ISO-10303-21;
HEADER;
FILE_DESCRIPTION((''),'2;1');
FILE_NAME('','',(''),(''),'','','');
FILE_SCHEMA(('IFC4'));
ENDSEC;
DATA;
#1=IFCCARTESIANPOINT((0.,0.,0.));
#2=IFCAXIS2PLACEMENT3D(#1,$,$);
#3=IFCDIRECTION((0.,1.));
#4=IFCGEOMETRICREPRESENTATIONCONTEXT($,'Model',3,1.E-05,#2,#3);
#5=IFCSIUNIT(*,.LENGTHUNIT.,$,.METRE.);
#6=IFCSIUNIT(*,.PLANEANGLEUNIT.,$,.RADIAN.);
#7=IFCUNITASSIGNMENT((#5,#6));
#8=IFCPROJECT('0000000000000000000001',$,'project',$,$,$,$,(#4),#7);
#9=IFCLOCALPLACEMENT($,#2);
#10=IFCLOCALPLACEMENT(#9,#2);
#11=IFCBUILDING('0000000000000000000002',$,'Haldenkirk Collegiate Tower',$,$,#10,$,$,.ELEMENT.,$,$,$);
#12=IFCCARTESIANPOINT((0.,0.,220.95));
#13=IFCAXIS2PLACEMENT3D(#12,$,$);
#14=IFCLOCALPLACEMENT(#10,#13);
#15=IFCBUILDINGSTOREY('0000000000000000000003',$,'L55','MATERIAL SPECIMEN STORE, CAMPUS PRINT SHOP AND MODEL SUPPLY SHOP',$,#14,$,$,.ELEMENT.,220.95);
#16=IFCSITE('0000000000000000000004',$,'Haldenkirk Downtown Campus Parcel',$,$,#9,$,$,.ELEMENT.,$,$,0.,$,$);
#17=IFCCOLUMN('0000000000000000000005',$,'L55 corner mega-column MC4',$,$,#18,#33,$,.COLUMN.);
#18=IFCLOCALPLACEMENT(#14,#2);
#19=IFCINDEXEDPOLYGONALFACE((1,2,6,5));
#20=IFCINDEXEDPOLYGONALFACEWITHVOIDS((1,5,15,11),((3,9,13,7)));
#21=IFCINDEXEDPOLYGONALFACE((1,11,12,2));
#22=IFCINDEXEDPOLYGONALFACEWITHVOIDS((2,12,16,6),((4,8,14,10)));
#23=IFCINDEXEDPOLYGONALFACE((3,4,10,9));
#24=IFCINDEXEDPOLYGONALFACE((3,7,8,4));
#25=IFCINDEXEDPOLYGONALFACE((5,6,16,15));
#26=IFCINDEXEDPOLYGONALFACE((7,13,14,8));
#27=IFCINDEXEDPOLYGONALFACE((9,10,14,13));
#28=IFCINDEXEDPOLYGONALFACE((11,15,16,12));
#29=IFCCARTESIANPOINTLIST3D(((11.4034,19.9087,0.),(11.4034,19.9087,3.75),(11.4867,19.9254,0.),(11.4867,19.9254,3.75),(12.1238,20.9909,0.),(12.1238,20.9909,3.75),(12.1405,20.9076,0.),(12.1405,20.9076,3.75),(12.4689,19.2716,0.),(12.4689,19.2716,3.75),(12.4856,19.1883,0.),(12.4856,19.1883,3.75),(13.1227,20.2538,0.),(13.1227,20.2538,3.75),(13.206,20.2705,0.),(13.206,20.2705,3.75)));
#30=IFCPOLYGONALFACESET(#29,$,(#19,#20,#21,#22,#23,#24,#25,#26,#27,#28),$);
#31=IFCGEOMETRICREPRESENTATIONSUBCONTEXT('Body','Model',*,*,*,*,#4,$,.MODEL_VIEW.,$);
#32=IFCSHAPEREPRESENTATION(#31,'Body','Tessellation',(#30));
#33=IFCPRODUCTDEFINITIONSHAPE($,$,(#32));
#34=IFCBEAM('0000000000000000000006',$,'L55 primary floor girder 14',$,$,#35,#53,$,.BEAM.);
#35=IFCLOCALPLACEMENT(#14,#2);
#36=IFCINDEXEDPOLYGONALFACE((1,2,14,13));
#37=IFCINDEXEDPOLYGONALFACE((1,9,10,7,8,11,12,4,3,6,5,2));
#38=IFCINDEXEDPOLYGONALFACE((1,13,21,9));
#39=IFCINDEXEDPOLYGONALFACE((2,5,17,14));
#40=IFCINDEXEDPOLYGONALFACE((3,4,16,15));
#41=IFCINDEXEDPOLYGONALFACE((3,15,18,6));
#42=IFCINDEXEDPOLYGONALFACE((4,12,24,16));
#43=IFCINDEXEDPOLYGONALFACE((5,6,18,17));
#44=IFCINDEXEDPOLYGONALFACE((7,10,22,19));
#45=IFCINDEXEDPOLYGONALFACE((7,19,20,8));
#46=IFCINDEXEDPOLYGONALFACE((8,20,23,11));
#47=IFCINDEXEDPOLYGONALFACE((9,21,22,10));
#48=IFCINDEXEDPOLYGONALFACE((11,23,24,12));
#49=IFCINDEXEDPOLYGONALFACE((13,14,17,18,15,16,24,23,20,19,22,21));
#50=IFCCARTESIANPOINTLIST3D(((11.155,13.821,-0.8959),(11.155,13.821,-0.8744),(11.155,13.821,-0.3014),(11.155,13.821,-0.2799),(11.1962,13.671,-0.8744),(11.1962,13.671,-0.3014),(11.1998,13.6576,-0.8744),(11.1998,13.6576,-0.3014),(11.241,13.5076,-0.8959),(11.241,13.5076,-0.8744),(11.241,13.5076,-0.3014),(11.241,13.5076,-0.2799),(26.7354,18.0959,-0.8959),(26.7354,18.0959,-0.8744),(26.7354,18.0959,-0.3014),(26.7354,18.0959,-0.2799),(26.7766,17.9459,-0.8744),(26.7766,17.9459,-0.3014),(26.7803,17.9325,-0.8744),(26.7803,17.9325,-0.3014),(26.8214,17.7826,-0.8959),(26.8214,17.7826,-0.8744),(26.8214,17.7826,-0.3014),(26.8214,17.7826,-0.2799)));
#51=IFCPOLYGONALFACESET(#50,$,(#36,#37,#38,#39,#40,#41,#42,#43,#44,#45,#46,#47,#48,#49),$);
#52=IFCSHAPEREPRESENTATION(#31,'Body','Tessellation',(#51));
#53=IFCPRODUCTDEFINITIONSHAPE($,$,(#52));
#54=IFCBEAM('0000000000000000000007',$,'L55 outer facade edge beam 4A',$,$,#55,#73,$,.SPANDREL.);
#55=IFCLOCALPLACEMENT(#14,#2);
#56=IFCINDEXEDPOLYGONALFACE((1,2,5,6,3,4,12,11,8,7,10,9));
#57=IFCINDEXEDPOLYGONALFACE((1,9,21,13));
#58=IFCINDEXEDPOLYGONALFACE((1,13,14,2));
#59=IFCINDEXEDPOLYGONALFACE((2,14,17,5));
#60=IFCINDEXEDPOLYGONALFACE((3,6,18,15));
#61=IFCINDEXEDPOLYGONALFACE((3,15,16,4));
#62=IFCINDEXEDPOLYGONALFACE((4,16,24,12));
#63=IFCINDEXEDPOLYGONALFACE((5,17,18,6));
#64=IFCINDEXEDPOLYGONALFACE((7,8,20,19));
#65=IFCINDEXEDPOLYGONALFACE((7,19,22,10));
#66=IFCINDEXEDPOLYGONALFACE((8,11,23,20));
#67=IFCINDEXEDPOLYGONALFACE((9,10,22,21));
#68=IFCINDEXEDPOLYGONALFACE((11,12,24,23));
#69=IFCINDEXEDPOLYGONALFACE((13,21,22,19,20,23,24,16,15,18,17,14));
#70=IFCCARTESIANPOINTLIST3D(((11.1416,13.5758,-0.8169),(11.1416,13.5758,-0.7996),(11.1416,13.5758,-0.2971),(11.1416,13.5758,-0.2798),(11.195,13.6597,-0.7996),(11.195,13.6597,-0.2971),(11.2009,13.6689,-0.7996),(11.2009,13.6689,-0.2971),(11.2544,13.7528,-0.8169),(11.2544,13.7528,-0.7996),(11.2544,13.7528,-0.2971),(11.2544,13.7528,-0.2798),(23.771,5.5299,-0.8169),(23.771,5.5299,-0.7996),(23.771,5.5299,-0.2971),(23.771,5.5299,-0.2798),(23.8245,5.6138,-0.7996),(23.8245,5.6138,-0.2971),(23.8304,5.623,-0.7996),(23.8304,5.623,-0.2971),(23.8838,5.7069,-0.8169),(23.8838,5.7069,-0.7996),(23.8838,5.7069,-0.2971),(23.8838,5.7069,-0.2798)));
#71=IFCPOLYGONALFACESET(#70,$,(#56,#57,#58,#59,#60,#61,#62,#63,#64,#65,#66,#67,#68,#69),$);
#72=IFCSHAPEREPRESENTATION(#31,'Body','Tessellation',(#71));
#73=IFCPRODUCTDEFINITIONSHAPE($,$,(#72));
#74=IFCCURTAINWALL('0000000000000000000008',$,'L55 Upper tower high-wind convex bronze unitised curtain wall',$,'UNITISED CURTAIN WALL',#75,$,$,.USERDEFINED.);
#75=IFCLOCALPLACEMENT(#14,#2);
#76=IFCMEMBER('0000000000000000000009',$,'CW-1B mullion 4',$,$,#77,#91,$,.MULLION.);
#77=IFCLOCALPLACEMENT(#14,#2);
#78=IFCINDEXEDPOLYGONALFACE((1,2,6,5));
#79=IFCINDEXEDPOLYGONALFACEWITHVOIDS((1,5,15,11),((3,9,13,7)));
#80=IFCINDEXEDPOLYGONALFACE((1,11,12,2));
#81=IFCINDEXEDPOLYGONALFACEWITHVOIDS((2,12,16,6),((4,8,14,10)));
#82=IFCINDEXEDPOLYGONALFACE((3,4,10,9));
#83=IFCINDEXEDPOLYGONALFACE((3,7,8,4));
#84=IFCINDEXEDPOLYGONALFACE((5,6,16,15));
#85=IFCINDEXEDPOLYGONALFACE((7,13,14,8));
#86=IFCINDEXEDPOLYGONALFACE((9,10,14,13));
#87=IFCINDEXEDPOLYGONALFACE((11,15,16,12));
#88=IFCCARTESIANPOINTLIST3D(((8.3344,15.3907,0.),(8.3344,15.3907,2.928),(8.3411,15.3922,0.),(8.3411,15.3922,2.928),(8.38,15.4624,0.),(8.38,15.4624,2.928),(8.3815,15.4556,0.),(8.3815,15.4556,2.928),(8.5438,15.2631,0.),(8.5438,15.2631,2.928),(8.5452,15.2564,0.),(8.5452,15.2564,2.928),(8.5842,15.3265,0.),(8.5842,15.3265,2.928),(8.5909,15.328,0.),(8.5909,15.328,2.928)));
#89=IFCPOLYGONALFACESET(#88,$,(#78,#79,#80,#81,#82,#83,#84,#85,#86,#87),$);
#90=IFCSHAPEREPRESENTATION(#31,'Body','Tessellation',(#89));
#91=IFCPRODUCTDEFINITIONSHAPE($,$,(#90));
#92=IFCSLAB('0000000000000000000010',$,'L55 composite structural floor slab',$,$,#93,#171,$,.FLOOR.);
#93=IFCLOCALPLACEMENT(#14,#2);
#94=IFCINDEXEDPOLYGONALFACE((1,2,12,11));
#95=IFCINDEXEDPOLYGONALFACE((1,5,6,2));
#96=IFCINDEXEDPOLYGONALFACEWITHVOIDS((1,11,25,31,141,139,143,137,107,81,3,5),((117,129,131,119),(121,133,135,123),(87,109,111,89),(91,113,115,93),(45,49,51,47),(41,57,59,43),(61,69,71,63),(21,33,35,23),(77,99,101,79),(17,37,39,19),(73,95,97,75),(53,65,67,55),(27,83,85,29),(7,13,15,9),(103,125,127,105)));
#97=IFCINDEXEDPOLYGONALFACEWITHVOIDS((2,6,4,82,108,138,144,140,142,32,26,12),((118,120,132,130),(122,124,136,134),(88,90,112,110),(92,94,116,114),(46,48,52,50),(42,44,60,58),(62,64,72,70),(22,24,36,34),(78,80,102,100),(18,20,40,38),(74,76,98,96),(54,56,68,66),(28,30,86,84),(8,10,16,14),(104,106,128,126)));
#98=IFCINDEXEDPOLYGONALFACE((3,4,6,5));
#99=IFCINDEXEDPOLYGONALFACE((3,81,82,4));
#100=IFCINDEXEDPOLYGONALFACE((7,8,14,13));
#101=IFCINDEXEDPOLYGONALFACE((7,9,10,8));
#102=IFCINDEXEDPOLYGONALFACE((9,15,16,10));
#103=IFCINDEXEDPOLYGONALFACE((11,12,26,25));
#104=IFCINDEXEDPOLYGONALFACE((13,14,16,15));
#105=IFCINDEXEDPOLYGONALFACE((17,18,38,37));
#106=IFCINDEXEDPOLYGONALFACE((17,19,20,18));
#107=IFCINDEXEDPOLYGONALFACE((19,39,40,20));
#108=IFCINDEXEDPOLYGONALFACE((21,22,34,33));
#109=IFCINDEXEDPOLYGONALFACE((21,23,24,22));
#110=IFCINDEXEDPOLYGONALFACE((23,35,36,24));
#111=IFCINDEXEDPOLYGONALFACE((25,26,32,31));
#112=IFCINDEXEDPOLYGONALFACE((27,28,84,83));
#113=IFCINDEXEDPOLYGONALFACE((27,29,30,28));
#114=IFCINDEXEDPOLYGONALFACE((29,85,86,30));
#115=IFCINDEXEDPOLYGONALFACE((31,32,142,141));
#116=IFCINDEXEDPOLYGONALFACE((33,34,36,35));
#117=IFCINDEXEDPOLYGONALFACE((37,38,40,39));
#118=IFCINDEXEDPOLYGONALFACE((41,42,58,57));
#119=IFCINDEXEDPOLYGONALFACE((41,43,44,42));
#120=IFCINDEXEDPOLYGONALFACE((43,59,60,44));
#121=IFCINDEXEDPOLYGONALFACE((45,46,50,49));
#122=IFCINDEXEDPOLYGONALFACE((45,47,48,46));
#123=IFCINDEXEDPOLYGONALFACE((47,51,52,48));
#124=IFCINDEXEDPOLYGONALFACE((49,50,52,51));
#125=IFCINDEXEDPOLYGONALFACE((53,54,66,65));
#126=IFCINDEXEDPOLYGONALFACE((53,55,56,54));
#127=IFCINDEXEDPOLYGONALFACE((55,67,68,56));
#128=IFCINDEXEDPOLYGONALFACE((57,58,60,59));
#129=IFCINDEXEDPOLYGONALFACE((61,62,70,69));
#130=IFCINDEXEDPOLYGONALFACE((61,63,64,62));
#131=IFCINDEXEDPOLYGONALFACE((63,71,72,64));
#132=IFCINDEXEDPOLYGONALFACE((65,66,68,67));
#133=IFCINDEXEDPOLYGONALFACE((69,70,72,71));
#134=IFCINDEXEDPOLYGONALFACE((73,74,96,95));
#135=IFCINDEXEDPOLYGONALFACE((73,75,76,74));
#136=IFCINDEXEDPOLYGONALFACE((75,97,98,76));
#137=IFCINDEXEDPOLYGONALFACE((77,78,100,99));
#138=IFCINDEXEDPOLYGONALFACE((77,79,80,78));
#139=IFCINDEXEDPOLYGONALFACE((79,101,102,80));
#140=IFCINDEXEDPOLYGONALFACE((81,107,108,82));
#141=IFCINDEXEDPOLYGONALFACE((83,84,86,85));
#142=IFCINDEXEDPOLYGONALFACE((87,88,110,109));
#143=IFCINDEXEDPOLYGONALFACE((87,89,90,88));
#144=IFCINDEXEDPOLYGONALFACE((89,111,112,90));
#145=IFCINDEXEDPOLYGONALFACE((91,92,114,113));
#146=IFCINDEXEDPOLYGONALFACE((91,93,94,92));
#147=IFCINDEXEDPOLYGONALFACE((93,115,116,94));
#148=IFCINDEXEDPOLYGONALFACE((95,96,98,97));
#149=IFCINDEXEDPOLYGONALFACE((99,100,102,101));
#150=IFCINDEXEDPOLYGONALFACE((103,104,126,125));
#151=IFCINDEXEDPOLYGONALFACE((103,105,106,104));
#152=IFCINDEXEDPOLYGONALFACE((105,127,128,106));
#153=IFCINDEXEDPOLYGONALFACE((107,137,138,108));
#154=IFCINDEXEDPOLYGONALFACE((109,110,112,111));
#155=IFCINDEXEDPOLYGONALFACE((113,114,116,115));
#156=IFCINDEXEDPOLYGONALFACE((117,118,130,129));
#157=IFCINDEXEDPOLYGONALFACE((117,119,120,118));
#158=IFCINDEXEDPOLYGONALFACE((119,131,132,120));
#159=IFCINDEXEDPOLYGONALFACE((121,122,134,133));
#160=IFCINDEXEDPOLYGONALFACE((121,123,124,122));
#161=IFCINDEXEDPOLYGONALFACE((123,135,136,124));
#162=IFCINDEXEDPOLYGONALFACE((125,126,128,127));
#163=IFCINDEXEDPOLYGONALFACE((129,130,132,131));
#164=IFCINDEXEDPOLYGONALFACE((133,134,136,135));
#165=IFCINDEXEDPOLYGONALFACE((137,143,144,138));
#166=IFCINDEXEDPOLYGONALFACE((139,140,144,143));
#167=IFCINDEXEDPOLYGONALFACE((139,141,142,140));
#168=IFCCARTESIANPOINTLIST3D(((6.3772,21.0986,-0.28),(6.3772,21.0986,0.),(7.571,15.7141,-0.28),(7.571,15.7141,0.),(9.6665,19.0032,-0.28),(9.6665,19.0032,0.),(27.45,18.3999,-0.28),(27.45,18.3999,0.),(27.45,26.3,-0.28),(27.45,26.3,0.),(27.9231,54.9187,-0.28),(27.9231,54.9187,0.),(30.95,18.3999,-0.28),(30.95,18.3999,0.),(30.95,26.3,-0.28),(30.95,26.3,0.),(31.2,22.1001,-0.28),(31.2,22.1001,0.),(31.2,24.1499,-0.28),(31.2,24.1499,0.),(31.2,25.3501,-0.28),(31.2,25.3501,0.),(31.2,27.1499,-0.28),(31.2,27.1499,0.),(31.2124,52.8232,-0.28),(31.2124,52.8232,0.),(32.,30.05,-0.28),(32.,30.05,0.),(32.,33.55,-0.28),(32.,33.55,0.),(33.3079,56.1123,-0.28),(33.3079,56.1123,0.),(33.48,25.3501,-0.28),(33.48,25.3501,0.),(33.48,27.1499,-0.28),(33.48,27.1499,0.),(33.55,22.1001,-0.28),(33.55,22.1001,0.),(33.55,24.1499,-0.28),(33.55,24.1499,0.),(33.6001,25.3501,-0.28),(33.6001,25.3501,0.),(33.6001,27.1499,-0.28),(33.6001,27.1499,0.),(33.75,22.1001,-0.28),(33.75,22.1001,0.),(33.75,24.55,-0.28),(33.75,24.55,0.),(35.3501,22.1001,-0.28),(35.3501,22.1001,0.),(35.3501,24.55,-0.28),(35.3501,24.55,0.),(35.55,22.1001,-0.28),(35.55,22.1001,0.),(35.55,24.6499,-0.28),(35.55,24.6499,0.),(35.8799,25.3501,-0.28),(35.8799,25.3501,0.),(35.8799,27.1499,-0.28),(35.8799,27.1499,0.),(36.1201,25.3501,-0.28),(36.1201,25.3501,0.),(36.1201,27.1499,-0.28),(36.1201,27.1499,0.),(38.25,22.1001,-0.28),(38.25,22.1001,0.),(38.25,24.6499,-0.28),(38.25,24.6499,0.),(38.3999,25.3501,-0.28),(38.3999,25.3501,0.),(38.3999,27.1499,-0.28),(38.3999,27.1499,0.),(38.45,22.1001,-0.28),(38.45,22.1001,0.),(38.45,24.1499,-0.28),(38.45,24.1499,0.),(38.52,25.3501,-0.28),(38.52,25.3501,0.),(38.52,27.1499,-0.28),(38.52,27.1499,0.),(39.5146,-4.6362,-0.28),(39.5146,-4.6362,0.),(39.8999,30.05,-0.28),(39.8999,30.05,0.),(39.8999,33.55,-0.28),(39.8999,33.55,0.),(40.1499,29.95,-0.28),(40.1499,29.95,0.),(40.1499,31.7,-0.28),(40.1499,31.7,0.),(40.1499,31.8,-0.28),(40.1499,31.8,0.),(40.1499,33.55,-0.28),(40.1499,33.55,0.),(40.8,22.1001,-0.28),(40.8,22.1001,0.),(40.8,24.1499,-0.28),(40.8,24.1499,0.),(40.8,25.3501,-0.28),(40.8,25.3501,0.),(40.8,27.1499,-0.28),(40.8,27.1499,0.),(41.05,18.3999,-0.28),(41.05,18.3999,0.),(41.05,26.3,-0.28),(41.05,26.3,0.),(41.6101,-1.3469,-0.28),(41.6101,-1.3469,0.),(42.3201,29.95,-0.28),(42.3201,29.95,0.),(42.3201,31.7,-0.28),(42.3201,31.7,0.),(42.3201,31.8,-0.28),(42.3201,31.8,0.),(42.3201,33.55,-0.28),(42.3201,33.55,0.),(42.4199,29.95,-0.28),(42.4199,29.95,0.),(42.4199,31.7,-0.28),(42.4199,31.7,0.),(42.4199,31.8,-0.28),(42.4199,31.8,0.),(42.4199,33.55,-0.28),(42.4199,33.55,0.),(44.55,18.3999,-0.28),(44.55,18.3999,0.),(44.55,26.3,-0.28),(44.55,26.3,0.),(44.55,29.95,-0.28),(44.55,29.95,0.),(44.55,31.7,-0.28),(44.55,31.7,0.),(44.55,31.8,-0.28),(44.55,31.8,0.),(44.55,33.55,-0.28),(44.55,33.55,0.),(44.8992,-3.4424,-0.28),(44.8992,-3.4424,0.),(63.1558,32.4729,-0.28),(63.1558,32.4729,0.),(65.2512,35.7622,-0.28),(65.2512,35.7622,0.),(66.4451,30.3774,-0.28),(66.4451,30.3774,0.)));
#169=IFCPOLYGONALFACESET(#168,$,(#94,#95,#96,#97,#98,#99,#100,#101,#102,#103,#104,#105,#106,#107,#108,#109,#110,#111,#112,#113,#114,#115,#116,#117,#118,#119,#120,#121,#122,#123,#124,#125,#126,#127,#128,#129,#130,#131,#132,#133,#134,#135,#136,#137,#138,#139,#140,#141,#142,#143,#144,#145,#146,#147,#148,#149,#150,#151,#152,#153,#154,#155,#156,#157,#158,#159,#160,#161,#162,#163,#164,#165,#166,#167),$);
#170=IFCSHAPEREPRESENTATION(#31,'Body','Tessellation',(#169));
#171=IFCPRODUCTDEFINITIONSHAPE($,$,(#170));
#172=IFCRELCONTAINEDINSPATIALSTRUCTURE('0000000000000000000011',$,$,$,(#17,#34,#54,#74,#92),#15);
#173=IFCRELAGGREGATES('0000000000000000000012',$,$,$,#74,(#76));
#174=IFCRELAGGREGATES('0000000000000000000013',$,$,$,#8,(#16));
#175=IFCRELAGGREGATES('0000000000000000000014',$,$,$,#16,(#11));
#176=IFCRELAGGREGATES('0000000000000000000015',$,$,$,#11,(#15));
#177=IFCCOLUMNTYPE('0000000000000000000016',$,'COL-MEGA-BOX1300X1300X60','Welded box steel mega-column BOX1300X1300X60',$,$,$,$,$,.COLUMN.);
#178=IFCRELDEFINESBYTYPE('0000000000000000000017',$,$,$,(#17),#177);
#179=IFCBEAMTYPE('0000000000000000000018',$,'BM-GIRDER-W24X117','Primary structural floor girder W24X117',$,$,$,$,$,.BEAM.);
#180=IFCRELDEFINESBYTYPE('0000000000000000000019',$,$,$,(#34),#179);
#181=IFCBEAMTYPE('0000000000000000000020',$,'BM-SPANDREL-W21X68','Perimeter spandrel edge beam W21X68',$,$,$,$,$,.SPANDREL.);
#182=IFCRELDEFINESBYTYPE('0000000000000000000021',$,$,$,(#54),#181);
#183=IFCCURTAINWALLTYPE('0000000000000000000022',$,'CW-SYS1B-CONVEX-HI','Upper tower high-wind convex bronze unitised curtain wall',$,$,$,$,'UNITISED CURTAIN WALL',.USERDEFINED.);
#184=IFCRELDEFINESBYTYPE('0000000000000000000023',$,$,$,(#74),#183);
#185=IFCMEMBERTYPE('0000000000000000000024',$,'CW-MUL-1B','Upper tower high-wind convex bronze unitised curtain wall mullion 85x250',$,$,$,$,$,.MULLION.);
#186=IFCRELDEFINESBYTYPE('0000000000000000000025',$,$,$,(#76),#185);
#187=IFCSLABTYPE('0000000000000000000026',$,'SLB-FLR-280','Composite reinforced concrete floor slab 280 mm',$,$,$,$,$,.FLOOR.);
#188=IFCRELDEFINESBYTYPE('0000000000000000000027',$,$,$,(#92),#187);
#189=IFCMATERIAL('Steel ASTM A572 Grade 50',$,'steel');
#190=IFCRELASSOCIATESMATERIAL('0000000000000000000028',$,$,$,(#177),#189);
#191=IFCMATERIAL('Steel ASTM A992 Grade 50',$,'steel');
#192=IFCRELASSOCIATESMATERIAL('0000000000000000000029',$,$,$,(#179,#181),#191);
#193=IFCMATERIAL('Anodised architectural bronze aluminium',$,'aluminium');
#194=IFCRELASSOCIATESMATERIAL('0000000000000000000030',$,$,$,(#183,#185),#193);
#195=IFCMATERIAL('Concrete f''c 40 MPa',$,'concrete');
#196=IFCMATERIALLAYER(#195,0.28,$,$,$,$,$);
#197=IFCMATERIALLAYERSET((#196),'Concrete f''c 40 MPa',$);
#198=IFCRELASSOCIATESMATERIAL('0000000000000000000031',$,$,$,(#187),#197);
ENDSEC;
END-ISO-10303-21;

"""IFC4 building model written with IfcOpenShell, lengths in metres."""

from ifc_helpers import new_model, si_unit, direction, frame, origin, origin_2d, place, context, subcontext, project, spatial, polyline, hollow_rectangle, i_section, outline, extrude, material, layer, layer_set, material_profile, profile_set, type_object, element, aggregate, save


model = new_model("IFC4")

# Units and contexts
model_context = context("Model", 3, precision=1e-05, world=origin(), true_north=direction((0.0, 1.0)))
body_context = subcontext(model_context, "Body", "Model", "MODEL_VIEW")
ifc_project = project(units=[si_unit("LENGTHUNIT", "METRE"), si_unit("PLANEANGLEUNIT", "RADIAN")], contexts=[model_context])

# Site, building, storey
site_placement = place(None, origin())
site = spatial("IfcSite", under=ifc_project, at=site_placement, Name="Haldenkirk Downtown Campus Parcel", CompositionType="ELEMENT", RefElevation=0.0)
building_placement = place(site_placement, origin())
building = spatial("IfcBuilding", under=site, at=building_placement, Name="Haldenkirk Collegiate Tower", CompositionType="ELEMENT")
storey_placement = place(building_placement, frame((0.0, 0.0, 220.95)))
storey = spatial("IfcBuildingStorey", under=building, at=storey_placement, Name="L55", Description="MATERIAL SPECIMEN STORE, CAMPUS PRINT SHOP AND MODEL SUPPLY SHOP", CompositionType="ELEMENT", Elevation=220.95)

# Column
ifc_material_1 = material(Name="Steel ASTM A572 Grade 50", Category="steel")
ifc_material_profile_1 = material_profile(ifc_material_1, hollow_rectangle(XDim=1.3, YDim=1.3, WallThickness=0.0601, at=origin_2d()), Name="BOX1300X1300X60")
ifc_profile_set_1 = profile_set([ifc_material_profile_1], Name="Steel ASTM A572 Grade 50")
column_type = type_object("IfcColumnType", Name="COL-MEGA-BOX1300X1300X60", Description="Welded box steel mega-column BOX1300X1300X60", PredefinedType="COLUMN", material=ifc_profile_set_1)
column_placement = place(storey_placement, frame((12.3047, 20.0896, 0.0), z_axis=(0.0, 0.0, 1.0), x_axis=(0.554118, 0.832438, 0.0)))
element("IfcColumn", 1, at=column_placement, inside=storey, type_object=column_type, Name="L55 corner mega-column MC4", PredefinedType="COLUMN", context=body_context, shape_type="SweptSolid", body=[
    extrude(hollow_rectangle(XDim=1.3, YDim=1.3, WallThickness=0.0601, at=origin_2d()), origin(), (0.0, 0.0, 1.0), 3.75),
])

# Beams
ifc_material_2 = material(Name="Steel ASTM A992 Grade 50", Category="steel")
ifc_material_profile_2 = material_profile(ifc_material_2, i_section(OverallWidth=0.325, OverallDepth=0.616, WebThickness=0.0139, FlangeThickness=0.0215, at=origin_2d()), Name="W24X117")
ifc_profile_set_2 = profile_set([ifc_material_profile_2], Name="Steel ASTM A992 Grade 50")
beam_type_1 = type_object("IfcBeamType", Name="BM-GIRDER-W24X117", Description="Primary structural floor girder W24X117", PredefinedType="BEAM", material=ifc_profile_set_2)
beam_1_placement = place(storey_placement, frame((11.198, 13.6643, -0.5879), z_axis=(0.964359, 0.264599, 0.0), x_axis=(-0.264599, 0.964359, 0.0)))
element("IfcBeam", 2, at=beam_1_placement, inside=storey, type_object=beam_type_1, Name="L55 primary floor girder 14", PredefinedType="BEAM", context=body_context, shape_type="SweptSolid", body=[
    extrude(i_section(OverallWidth=0.325, OverallDepth=0.616, WebThickness=0.0139, FlangeThickness=0.0215, at=origin_2d()), origin(), (0.0, 0.0, 1.0), 16.1562),
])
ifc_material_profile_3 = material_profile(ifc_material_2, i_section(OverallWidth=0.21, OverallDepth=0.5371, WebThickness=0.011, FlangeThickness=0.0173, at=origin_2d()), Name="W21X68")
ifc_profile_set_3 = profile_set([ifc_material_profile_3], Name="Steel ASTM A992 Grade 50")
beam_type_2 = type_object("IfcBeamType", Name="BM-SPANDREL-W21X68", Description="Perimeter spandrel edge beam W21X68", PredefinedType="SPANDREL", material=ifc_profile_set_3)
beam_2_placement = place(storey_placement, frame((11.198, 13.6643, -0.5483), z_axis=(0.843389, -0.537304, 0.0), x_axis=(0.537304, 0.843389, 0.0)))
element("IfcBeam", 3, at=beam_2_placement, inside=storey, type_object=beam_type_2, Name="L55 outer facade edge beam 4A", PredefinedType="SPANDREL", context=body_context, shape_type="SweptSolid", body=[
    extrude(i_section(OverallWidth=0.21, OverallDepth=0.5371, WebThickness=0.011, FlangeThickness=0.0173, at=origin_2d()), origin(), (0.0, 0.0, 1.0), 14.9746),
])

# Curtain wall, member
ifc_material_3 = material(Name="Anodised architectural bronze aluminium", Category="aluminium")
curtain_wall_type = type_object("IfcCurtainWallType", Name="CW-SYS1B-CONVEX-HI", Description="Upper tower high-wind convex bronze unitised curtain wall", ElementType="UNITISED CURTAIN WALL", PredefinedType="USERDEFINED", material=ifc_material_3)
curtain_wall_placement = place(storey_placement, origin())
curtain_wall = element("IfcCurtainWall", 4, at=curtain_wall_placement, inside=storey, type_object=curtain_wall_type, Name="L55 Upper tower high-wind convex bronze unitised curtain wall", ObjectType="UNITISED CURTAIN WALL", PredefinedType="USERDEFINED")
ifc_material_profile_4 = material_profile(ifc_material_3, hollow_rectangle(XDim=0.085, YDim=0.25, WallThickness=0.0049, at=origin_2d()), Name="CW-MUL-1B")
ifc_profile_set_4 = profile_set([ifc_material_profile_4], Name="Anodised architectural bronze aluminium")
member_type = type_object("IfcMemberType", Name="CW-MUL-1B", Description="Upper tower high-wind convex bronze unitised curtain wall mullion 85x250", PredefinedType="MULLION", material=ifc_profile_set_4)
member_placement = place(storey_placement, frame((8.4626, 15.3594, 0.0), z_axis=(0.0, 0.0, 1.0), x_axis=(-0.537301, -0.843391, 0.0)))
member = element("IfcMember", 5, at=member_placement, type_object=member_type, Name="CW-1B mullion 4", PredefinedType="MULLION", context=body_context, shape_type="SweptSolid", body=[
    extrude(hollow_rectangle(XDim=0.085, YDim=0.25, WallThickness=0.0049, at=origin_2d()), origin(), (0.0, 0.0, 1.0), 2.928),
])

# Slab
ifc_material_4 = material(Name="Concrete f'c 40 MPa", Category="concrete")
ifc_layer_1 = layer(ifc_material_4, 0.28)
ifc_layer_set_1 = layer_set([ifc_layer_1], Name="Concrete f'c 40 MPa")
slab_type_1 = type_object("IfcSlabType", Name="SLB-FLR-280", Description="Composite reinforced concrete floor slab 280 mm", PredefinedType="FLOOR", material=ifc_layer_set_1)
slab_1_placement = place(storey_placement, frame((0.0, 0.0, -0.28)))
element("IfcSlab", 6, at=slab_1_placement, inside=storey, type_object=slab_type_1, Name="L55 composite structural floor slab", PredefinedType="FLOOR", context=body_context, shape_type="SweptSolid", body=[
    extrude(outline(polyline([(44.8992, -3.4424), (66.4451, 30.3774), (63.1558, 32.4729), (65.2512, 35.7622), (33.3079, 56.1123), (31.2124, 52.8232), (27.9231, 54.9187), (6.3772, 21.0986), (9.6665, 19.0032), (7.571, 15.7141), (39.5146, -4.6362), (41.6101, -1.3469), (44.8992, -3.4424)]), holes=[polyline([(27.45, 18.3999), (30.95, 18.3999), (30.95, 26.3), (27.45, 26.3), (27.45, 18.3999)]), polyline([(41.05, 18.3999), (44.55, 18.3999), (44.55, 26.3), (41.05, 26.3), (41.05, 18.3999)]), polyline([(32.0, 30.05), (39.8999, 30.05), (39.8999, 33.55), (32.0, 33.55), (32.0, 30.05)]), polyline([(33.75, 22.1001), (35.3501, 22.1001), (35.3501, 24.55), (33.75, 24.55), (33.75, 22.1001)]), polyline([(40.1499, 29.95), (42.3201, 29.95), (42.3201, 31.7), (40.1499, 31.7), (40.1499, 29.95)]), polyline([(42.4199, 29.95), (44.55, 29.95), (44.55, 31.7), (42.4199, 31.7), (42.4199, 29.95)]), polyline([(40.1499, 31.8), (42.3201, 31.8), (42.3201, 33.55), (40.1499, 33.55), (40.1499, 31.8)]), polyline([(42.4199, 31.8), (44.55, 31.8), (44.55, 33.55), (42.4199, 33.55), (42.4199, 31.8)]), polyline([(31.2, 25.3501), (33.48, 25.3501), (33.48, 27.1499), (31.2, 27.1499), (31.2, 25.3501)]), polyline([(33.6001, 25.3501), (35.8799, 25.3501), (35.8799, 27.1499), (33.6001, 27.1499), (33.6001, 25.3501)]), polyline([(36.1201, 25.3501), (38.3999, 25.3501), (38.3999, 27.1499), (36.1201, 27.1499), (36.1201, 25.3501)]), polyline([(38.52, 25.3501), (40.8, 25.3501), (40.8, 27.1499), (38.52, 27.1499), (38.52, 25.3501)]), polyline([(31.2, 22.1001), (33.55, 22.1001), (33.55, 24.1499), (31.2, 24.1499), (31.2, 22.1001)]), polyline([(38.45, 22.1001), (40.8, 22.1001), (40.8, 24.1499), (38.45, 24.1499), (38.45, 22.1001)]), polyline([(35.55, 22.1001), (38.25, 22.1001), (38.25, 24.6499), (35.55, 24.6499), (35.55, 22.1001)])]), origin(), (0.0, 0.0, 1.0), 0.28),
])

aggregate(curtain_wall, [member])

save(model, "model.ifc")
